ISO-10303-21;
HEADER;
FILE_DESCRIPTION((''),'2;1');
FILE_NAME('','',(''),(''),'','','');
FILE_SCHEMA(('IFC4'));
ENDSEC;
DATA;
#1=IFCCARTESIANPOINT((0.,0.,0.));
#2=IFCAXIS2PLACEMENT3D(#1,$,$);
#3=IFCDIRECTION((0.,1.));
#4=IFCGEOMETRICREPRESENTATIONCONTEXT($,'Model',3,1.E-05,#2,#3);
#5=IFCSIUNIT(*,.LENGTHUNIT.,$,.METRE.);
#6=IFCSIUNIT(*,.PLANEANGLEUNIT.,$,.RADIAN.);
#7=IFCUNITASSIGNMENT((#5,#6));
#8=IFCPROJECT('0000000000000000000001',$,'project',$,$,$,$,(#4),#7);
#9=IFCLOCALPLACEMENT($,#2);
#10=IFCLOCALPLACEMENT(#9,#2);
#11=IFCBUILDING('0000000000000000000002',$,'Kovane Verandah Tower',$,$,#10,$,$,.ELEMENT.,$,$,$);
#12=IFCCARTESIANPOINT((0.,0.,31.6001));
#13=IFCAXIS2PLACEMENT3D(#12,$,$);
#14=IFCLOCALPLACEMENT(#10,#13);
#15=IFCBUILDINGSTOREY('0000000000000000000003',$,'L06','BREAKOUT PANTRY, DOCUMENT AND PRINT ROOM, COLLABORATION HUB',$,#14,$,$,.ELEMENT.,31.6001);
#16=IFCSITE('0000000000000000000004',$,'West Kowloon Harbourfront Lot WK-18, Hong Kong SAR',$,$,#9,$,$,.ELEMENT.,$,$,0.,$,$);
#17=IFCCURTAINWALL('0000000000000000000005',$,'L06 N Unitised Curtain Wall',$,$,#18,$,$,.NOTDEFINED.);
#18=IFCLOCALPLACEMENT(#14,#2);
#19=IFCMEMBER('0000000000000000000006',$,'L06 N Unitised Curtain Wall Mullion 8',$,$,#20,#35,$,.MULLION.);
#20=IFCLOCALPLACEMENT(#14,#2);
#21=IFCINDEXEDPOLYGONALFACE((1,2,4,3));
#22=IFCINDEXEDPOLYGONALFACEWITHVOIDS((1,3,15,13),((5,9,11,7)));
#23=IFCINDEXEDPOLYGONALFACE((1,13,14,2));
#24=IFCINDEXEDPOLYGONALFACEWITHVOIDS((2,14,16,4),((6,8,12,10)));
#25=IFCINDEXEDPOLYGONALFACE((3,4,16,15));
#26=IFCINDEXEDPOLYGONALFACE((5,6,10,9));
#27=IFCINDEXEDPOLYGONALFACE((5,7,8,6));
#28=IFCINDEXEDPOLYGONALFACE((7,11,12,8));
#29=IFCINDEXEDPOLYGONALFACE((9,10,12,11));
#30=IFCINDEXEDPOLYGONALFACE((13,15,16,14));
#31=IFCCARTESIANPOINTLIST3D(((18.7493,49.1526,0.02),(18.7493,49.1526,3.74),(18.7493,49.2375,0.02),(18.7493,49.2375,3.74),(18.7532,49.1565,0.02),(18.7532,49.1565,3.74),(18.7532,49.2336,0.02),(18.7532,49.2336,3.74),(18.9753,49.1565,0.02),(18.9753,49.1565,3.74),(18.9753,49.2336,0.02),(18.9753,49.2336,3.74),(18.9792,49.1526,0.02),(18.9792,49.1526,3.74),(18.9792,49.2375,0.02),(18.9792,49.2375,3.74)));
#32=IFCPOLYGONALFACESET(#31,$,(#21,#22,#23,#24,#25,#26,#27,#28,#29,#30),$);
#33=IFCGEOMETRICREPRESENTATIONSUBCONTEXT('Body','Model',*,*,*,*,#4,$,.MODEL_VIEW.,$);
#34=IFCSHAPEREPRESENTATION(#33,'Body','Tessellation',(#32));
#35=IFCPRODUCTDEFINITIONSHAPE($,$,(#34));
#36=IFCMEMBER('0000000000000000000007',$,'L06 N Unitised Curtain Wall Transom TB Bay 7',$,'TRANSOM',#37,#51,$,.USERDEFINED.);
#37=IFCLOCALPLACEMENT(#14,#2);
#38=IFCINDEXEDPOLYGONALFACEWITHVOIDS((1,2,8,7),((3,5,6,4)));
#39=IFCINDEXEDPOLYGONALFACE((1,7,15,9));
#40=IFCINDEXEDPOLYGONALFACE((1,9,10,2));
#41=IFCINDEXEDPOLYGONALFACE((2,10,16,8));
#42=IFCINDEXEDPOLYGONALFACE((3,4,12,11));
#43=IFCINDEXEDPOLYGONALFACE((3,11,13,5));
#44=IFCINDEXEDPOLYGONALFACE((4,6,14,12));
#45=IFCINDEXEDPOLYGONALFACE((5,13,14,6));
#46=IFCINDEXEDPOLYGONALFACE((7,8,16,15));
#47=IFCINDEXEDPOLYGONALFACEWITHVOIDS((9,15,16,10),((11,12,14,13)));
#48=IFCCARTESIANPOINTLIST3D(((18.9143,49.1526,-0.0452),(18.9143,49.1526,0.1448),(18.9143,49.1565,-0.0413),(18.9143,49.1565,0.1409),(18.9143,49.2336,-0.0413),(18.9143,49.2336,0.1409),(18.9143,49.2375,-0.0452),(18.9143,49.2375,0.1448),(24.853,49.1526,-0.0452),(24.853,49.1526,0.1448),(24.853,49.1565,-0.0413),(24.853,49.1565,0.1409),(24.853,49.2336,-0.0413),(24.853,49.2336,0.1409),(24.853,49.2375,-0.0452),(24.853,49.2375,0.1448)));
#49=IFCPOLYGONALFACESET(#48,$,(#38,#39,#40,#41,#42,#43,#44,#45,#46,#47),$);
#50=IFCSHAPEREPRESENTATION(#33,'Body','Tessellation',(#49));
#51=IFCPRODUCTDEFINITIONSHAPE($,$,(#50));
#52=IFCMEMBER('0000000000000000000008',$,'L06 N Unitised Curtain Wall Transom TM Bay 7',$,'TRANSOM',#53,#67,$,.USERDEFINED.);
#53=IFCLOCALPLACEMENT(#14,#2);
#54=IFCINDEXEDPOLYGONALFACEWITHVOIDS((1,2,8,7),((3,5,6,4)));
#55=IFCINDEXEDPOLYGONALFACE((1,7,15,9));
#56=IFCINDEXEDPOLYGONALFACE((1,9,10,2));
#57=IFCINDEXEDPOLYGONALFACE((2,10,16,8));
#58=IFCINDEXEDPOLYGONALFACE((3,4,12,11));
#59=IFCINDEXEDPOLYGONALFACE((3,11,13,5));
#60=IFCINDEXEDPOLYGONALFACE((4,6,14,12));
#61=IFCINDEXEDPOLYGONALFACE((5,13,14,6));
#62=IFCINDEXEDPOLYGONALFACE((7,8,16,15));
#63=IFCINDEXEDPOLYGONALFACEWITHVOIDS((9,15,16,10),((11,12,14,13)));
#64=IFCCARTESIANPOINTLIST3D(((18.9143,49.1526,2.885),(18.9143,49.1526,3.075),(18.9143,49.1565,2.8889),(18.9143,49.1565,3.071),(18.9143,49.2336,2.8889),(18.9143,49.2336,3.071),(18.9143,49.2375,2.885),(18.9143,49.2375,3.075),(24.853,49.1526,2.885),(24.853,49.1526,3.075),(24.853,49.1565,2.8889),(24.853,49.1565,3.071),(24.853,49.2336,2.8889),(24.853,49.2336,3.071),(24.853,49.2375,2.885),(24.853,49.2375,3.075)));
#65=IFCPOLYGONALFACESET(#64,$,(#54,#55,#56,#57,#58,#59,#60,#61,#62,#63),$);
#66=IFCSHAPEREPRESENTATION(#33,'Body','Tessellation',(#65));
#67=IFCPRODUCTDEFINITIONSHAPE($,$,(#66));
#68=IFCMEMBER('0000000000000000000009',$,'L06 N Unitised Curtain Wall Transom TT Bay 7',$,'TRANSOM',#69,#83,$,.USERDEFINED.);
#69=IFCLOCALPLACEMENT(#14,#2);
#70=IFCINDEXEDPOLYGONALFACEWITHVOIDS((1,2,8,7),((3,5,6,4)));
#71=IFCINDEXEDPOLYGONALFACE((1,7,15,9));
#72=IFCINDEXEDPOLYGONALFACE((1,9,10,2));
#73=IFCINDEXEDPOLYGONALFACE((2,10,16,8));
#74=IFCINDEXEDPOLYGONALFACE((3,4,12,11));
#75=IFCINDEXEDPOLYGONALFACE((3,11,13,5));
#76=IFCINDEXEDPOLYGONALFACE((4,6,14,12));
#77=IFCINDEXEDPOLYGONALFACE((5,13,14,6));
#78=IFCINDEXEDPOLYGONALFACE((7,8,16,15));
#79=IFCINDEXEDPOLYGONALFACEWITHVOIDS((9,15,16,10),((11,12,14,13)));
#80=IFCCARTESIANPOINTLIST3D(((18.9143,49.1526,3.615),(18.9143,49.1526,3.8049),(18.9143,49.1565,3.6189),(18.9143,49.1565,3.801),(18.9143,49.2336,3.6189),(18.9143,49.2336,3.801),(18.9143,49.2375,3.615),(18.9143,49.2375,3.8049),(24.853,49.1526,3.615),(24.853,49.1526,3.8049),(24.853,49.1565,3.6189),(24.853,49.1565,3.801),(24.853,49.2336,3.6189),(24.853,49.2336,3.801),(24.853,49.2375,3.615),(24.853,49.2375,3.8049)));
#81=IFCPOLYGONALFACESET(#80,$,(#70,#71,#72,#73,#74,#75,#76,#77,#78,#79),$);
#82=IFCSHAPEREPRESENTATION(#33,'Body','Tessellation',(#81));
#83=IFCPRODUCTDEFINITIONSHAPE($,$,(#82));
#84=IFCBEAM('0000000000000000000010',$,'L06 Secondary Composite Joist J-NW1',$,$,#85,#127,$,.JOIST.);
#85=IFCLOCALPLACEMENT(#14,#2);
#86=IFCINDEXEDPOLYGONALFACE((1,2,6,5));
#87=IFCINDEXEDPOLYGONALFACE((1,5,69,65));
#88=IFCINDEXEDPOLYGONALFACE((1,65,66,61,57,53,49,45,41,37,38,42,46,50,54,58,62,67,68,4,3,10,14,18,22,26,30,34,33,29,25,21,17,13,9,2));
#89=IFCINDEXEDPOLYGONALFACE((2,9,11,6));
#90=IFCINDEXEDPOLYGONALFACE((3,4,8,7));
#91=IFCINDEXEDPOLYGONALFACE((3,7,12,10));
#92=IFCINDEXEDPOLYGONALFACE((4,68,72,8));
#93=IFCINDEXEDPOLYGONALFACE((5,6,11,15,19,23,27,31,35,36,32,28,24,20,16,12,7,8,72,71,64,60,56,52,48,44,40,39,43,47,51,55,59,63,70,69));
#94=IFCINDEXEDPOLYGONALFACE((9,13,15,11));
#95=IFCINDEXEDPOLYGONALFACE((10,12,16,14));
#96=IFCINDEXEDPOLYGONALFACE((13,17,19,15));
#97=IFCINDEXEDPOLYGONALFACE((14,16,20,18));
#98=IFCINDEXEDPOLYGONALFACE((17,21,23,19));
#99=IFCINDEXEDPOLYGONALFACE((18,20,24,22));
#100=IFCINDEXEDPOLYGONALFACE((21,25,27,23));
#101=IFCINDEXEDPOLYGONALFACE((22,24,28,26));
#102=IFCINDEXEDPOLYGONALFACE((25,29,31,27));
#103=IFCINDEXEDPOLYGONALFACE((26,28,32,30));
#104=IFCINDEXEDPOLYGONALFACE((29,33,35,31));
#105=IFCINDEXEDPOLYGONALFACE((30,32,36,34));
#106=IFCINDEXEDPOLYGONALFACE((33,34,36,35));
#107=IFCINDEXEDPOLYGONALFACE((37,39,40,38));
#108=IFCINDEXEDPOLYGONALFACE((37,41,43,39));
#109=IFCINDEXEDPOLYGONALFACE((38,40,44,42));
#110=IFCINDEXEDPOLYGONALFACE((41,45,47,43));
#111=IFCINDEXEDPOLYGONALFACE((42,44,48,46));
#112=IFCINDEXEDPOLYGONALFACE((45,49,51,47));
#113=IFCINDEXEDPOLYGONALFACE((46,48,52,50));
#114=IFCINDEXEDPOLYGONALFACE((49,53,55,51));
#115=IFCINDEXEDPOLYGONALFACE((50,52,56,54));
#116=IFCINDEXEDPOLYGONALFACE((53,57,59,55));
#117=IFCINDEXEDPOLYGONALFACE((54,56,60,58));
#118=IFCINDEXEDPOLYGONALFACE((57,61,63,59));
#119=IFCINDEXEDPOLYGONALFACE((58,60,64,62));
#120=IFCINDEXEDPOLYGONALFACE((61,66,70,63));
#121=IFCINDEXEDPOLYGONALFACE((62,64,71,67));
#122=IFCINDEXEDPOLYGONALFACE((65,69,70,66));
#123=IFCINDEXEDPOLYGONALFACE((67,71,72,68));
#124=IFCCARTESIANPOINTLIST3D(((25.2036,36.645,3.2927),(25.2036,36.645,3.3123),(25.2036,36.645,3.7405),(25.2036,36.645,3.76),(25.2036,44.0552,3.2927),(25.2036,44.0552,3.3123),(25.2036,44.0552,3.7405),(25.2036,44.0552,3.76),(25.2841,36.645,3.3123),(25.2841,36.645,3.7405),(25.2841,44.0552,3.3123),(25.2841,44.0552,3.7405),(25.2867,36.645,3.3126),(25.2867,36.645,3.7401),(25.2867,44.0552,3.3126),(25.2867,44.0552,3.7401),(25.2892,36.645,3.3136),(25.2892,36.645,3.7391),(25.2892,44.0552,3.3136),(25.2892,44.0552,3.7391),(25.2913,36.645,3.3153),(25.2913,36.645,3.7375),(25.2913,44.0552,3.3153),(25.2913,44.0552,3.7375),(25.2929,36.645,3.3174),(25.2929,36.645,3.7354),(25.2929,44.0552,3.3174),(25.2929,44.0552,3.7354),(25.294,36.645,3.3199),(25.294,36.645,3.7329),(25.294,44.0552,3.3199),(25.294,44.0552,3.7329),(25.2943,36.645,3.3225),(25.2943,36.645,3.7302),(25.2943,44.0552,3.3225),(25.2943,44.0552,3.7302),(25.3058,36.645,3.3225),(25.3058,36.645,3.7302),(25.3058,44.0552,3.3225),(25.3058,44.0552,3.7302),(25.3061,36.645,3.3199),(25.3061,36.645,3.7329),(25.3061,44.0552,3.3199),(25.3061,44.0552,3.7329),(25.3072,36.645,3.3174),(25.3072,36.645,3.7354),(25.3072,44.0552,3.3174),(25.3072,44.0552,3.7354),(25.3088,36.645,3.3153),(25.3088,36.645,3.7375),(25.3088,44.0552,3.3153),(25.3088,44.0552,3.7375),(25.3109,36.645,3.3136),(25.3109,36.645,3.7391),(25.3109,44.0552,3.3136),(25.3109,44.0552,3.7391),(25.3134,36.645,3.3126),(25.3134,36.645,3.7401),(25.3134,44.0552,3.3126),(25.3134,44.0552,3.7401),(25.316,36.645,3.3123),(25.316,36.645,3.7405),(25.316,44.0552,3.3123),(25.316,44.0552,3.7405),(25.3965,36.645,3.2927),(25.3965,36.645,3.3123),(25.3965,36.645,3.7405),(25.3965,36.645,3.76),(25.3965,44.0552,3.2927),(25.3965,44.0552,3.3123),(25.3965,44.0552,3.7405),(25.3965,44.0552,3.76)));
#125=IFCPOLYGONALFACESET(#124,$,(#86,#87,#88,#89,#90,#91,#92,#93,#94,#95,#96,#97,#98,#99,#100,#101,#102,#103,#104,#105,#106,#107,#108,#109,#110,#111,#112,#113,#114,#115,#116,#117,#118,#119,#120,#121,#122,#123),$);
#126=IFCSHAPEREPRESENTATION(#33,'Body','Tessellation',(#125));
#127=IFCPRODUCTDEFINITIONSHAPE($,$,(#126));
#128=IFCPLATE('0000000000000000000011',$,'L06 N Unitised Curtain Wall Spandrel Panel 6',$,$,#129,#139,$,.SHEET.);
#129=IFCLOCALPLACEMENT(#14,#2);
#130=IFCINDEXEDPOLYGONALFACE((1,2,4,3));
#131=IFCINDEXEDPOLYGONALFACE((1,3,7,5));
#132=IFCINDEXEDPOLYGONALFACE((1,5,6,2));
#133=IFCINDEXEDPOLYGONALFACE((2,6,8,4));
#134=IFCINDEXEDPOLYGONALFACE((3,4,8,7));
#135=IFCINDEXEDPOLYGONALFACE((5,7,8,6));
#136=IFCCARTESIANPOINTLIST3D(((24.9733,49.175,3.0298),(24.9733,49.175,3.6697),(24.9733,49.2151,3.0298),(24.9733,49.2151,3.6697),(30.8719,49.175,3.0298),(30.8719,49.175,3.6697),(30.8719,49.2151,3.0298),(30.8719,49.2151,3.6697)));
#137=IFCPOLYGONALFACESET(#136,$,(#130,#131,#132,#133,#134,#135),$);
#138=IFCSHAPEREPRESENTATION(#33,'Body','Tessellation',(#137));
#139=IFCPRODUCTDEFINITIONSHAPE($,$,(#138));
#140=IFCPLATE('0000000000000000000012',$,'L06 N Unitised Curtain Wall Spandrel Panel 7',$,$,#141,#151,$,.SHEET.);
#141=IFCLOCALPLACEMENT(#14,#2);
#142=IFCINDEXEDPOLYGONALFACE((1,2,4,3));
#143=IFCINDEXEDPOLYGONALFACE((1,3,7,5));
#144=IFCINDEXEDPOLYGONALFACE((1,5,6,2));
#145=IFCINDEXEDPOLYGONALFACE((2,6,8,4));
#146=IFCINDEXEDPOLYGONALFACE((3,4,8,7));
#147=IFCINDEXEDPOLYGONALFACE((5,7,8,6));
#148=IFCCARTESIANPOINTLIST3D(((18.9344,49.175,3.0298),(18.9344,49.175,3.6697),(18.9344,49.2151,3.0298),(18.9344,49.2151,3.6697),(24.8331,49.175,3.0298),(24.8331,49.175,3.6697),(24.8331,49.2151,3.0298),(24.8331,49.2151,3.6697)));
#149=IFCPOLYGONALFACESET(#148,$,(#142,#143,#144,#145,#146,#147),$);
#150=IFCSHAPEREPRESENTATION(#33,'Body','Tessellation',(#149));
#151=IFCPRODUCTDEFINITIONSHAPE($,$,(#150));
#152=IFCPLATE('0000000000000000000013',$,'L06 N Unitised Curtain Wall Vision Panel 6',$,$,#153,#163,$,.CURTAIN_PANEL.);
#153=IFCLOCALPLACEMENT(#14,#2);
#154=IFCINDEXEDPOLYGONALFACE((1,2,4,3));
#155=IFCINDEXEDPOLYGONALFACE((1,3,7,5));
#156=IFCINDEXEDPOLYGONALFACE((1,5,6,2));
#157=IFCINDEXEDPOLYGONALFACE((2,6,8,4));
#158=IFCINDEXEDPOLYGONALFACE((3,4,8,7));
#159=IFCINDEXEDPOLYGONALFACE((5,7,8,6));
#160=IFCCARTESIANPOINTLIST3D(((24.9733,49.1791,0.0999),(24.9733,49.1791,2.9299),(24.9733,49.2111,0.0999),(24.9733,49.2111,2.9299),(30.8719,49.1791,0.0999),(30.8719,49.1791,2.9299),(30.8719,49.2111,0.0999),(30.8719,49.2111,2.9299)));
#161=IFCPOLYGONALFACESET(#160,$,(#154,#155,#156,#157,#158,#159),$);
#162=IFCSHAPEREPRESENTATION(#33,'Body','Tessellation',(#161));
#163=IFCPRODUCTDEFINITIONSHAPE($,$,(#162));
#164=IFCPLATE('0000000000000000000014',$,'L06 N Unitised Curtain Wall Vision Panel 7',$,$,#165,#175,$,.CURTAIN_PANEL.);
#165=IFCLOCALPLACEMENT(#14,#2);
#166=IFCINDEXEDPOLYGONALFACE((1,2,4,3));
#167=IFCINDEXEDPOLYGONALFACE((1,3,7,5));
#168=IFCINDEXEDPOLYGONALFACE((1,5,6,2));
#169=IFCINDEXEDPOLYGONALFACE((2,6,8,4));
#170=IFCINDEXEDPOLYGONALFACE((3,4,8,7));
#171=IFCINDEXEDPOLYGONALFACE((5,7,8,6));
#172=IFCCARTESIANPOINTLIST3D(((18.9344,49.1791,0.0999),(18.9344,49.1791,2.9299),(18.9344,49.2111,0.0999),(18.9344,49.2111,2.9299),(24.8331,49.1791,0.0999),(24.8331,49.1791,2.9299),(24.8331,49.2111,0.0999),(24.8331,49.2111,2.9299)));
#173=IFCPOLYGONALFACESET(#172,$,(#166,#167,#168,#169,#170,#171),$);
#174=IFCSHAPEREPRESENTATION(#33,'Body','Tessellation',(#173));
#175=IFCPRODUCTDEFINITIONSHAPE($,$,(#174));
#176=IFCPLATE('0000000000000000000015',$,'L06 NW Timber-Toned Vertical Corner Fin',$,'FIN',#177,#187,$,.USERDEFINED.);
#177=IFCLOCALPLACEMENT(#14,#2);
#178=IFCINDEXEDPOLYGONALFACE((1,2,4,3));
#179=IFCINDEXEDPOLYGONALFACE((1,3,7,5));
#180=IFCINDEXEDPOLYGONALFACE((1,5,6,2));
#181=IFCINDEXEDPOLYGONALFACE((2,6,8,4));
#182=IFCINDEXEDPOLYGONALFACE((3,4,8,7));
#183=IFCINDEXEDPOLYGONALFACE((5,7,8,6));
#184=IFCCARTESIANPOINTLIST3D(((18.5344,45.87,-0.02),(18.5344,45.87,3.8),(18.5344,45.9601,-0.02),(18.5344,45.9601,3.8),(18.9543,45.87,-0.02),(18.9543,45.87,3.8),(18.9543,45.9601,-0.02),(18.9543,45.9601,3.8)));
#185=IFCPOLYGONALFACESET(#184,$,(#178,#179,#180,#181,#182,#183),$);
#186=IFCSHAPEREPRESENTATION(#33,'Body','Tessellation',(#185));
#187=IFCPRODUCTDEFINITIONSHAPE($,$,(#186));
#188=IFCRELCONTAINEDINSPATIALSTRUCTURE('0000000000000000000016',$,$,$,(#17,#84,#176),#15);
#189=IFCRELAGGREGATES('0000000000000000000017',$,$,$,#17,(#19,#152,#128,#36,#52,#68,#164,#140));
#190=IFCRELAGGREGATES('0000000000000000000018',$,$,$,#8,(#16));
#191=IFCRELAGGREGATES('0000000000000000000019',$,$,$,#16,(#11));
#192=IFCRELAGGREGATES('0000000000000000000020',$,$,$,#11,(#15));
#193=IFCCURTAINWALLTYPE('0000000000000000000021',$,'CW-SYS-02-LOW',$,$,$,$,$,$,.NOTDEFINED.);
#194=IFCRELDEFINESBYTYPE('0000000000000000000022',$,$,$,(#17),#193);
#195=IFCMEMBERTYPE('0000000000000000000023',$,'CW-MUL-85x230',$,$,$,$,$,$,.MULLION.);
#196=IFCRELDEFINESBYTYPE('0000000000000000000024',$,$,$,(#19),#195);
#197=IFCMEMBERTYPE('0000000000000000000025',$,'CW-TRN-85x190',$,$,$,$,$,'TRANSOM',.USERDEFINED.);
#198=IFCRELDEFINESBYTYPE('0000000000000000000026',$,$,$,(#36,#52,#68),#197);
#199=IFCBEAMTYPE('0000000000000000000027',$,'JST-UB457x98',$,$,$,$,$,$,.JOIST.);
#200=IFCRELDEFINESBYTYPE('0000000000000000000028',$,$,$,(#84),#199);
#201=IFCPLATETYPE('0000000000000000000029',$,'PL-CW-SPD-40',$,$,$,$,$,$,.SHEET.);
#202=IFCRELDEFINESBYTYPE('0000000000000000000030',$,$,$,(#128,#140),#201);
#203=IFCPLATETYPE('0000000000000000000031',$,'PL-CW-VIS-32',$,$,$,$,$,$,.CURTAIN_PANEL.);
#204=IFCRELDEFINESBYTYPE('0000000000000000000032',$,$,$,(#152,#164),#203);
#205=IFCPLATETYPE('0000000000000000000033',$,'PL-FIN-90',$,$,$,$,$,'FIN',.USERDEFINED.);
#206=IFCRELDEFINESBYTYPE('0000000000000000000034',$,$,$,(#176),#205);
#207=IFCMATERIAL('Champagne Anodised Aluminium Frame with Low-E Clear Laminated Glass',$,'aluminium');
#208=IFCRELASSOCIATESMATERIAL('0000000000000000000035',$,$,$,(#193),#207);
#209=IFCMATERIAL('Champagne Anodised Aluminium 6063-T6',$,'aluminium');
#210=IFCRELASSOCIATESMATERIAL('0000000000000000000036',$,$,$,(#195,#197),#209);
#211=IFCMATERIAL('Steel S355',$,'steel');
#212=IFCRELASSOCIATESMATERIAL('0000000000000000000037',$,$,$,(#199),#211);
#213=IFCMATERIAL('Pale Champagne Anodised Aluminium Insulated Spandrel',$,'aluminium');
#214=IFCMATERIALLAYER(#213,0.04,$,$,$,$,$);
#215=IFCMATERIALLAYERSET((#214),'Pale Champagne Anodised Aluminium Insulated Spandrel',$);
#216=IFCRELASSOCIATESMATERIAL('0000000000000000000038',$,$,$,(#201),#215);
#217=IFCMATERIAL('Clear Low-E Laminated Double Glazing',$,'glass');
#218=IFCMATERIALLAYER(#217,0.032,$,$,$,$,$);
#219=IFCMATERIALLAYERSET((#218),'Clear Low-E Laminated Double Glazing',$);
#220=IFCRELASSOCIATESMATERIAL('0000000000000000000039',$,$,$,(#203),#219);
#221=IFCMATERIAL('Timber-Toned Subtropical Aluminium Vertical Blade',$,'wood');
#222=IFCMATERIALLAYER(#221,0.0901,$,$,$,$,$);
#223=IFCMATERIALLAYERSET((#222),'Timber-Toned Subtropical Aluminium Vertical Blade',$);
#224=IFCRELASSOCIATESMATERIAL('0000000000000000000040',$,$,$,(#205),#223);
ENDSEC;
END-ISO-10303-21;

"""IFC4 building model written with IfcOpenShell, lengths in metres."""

from ifc_helpers import new_model, si_unit, direction, frame, origin, origin_2d, place, context, subcontext, project, spatial, rectangle, hollow_rectangle, i_section, extrude, material, layer, layer_set, material_profile, profile_set, type_object, element, aggregate, save


model = new_model("IFC4")

# Units and contexts
model_context = context("Model", 3, precision=1e-05, world=origin(), true_north=direction((0.0, 1.0)))
body_context = subcontext(model_context, "Body", "Model", "MODEL_VIEW")
ifc_project = project(units=[si_unit("LENGTHUNIT", "METRE"), si_unit("PLANEANGLEUNIT", "RADIAN")], contexts=[model_context])

# Site, building, storey
site_placement = place(None, origin())
site = spatial("IfcSite", under=ifc_project, at=site_placement, Name="West Kowloon Harbourfront Lot WK-18, Hong Kong SAR", CompositionType="ELEMENT", RefElevation=0.0)
building_placement = place(site_placement, origin())
building = spatial("IfcBuilding", under=site, at=building_placement, Name="Kovane Verandah Tower", CompositionType="ELEMENT")
storey_placement = place(building_placement, frame((0.0, 0.0, 31.6001)))
storey = spatial("IfcBuildingStorey", under=building, at=storey_placement, Name="L06", Description="BREAKOUT PANTRY, DOCUMENT AND PRINT ROOM, COLLABORATION HUB", CompositionType="ELEMENT", Elevation=31.6001)

# Shared definitions
ifc_material_1 = material(Name="Steel S355", Category="steel")

# Curtain wall, members
ifc_material_2 = material(Name="Champagne Anodised Aluminium Frame with Low-E Clear Laminated Glass", Category="aluminium")
curtain_wall_type = type_object("IfcCurtainWallType", Name="CW-SYS-02-LOW", PredefinedType="NOTDEFINED", material=ifc_material_2)
curtain_wall_placement = place(storey_placement, origin())
curtain_wall = element("IfcCurtainWall", 1, at=curtain_wall_placement, inside=storey, type_object=curtain_wall_type, Name="L06 N Unitised Curtain Wall", PredefinedType="NOTDEFINED")
ifc_material_3 = material(Name="Champagne Anodised Aluminium 6063-T6", Category="aluminium")
ifc_material_profile_1 = material_profile(ifc_material_3, hollow_rectangle(XDim=0.085, YDim=0.23, WallThickness=0.0039, at=origin_2d()), Name="AL85x230x4")
ifc_profile_set_1 = profile_set([ifc_material_profile_1], Name="Champagne Anodised Aluminium 6063-T6")
member_type_1 = type_object("IfcMemberType", Name="CW-MUL-85x230", PredefinedType="MULLION", material=ifc_profile_set_1)
member_1_placement = place(storey_placement, frame((18.8643, 49.1951, 0.02), z_axis=(0.0, 0.0, 1.0), x_axis=(0.0, 1.0, 0.0)))
member_1 = element("IfcMember", 2, at=member_1_placement, type_object=member_type_1, Name="L06 N Unitised Curtain Wall Mullion 8", PredefinedType="MULLION", context=body_context, shape_type="SweptSolid", body=[
    extrude(hollow_rectangle(XDim=0.085, YDim=0.23, WallThickness=0.0039, at=origin_2d()), origin(), (0.0, 0.0, 1.0), 3.72),
])
ifc_material_profile_2 = material_profile(ifc_material_3, hollow_rectangle(XDim=0.085, YDim=0.1899, WallThickness=0.0039, at=origin_2d()), Name="AL85x190x4")
ifc_profile_set_2 = profile_set([ifc_material_profile_2], Name="Champagne Anodised Aluminium 6063-T6")
member_type_2 = type_object("IfcMemberType", Name="CW-TRN-85x190", ElementType="TRANSOM", PredefinedType="USERDEFINED", material=ifc_profile_set_2)
member_2_placement = place(storey_placement, frame((24.853, 49.1951, 0.0498), z_axis=(-1.0, 0.0, 0.0), x_axis=(0.0, -1.0, 0.0)))
member_2 = element("IfcMember", 3, at=member_2_placement, type_object=member_type_2, Name="L06 N Unitised Curtain Wall Transom TB Bay 7", ObjectType="TRANSOM", PredefinedType="USERDEFINED", context=body_context, shape_type="SweptSolid", body=[
    extrude(hollow_rectangle(XDim=0.085, YDim=0.1899, WallThickness=0.0039, at=origin_2d()), origin(), (0.0, 0.0, 1.0), 5.9387),
])
member_3_placement = place(storey_placement, frame((24.853, 49.1951, 2.98), z_axis=(-1.0, 0.0, 0.0), x_axis=(0.0, -1.0, 0.0)))
member_3 = element("IfcMember", 4, at=member_3_placement, type_object=member_type_2, Name="L06 N Unitised Curtain Wall Transom TM Bay 7", ObjectType="TRANSOM", PredefinedType="USERDEFINED", context=body_context, shape_type="SweptSolid", body=[
    extrude(hollow_rectangle(XDim=0.085, YDim=0.1899, WallThickness=0.0039, at=origin_2d()), origin(), (0.0, 0.0, 1.0), 5.9387),
])
member_4_placement = place(storey_placement, frame((24.853, 49.1951, 3.71), z_axis=(-1.0, 0.0, 0.0), x_axis=(0.0, -1.0, 0.0)))
member_4 = element("IfcMember", 5, at=member_4_placement, type_object=member_type_2, Name="L06 N Unitised Curtain Wall Transom TT Bay 7", ObjectType="TRANSOM", PredefinedType="USERDEFINED", context=body_context, shape_type="SweptSolid", body=[
    extrude(hollow_rectangle(XDim=0.085, YDim=0.1899, WallThickness=0.0039, at=origin_2d()), origin(), (0.0, 0.0, 1.0), 5.9387),
])

# Beam
ifc_material_profile_3 = material_profile(ifc_material_1, i_section(OverallWidth=0.1929, OverallDepth=0.4673, WebThickness=0.0115, FlangeThickness=0.0195, FilletRadius=0.0103, at=origin_2d()), Name="UB457x191x98")
ifc_profile_set_3 = profile_set([ifc_material_profile_3], Name="Steel S355")
beam_type_1 = type_object("IfcBeamType", Name="JST-UB457x98", PredefinedType="JOIST", material=ifc_profile_set_3)
beam_1_placement = place(storey_placement, frame((25.3, 36.645, 3.5264), z_axis=(0.0, 1.0, 0.0), x_axis=(-1.0, 0.0, 0.0)))
element("IfcBeam", 6, at=beam_1_placement, inside=storey, type_object=beam_type_1, Name="L06 Secondary Composite Joist J-NW1", PredefinedType="JOIST", context=body_context, shape_type="SweptSolid", body=[
    extrude(i_section(OverallWidth=0.1929, OverallDepth=0.4673, WebThickness=0.0115, FlangeThickness=0.0195, FilletRadius=0.0103, at=origin_2d()), origin(), (0.0, 0.0, 1.0), 7.4102),
])

# Plates
ifc_material_4 = material(Name="Pale Champagne Anodised Aluminium Insulated Spandrel", Category="aluminium")
ifc_layer_1 = layer(ifc_material_4, 0.04)
ifc_layer_set_1 = layer_set([ifc_layer_1], Name="Pale Champagne Anodised Aluminium Insulated Spandrel")
plate_type_1 = type_object("IfcPlateType", Name="PL-CW-SPD-40", PredefinedType="SHEET", material=ifc_layer_set_1)
plate_1_placement = place(storey_placement, frame((27.9226, 49.1951, 3.0298), z_axis=(0.0, 0.0, 1.0), x_axis=(-1.0, 0.0, 0.0)))
plate_1 = element("IfcPlate", 7, at=plate_1_placement, type_object=plate_type_1, Name="L06 N Unitised Curtain Wall Spandrel Panel 6", PredefinedType="SHEET", context=body_context, shape_type="SweptSolid", body=[
    extrude(rectangle(XDim=5.8987, YDim=0.04, at=origin_2d()), origin(), (0.0, 0.0, 1.0), 0.6399),
])
plate_2_placement = place(storey_placement, frame((21.8838, 49.1951, 3.0298), z_axis=(0.0, 0.0, 1.0), x_axis=(-1.0, 0.0, 0.0)))
plate_2 = element("IfcPlate", 8, at=plate_2_placement, type_object=plate_type_1, Name="L06 N Unitised Curtain Wall Spandrel Panel 7", PredefinedType="SHEET", context=body_context, shape_type="SweptSolid", body=[
    extrude(rectangle(XDim=5.8987, YDim=0.04, at=origin_2d()), origin(), (0.0, 0.0, 1.0), 0.6399),
])
ifc_material_5 = material(Name="Clear Low-E Laminated Double Glazing", Category="glass")
ifc_layer_2 = layer(ifc_material_5, 0.032)
ifc_layer_set_2 = layer_set([ifc_layer_2], Name="Clear Low-E Laminated Double Glazing")
plate_type_2 = type_object("IfcPlateType", Name="PL-CW-VIS-32", PredefinedType="CURTAIN_PANEL", material=ifc_layer_set_2)
plate_3_placement = place(storey_placement, frame((27.9226, 49.1951, 0.0999), z_axis=(0.0, 0.0, 1.0), x_axis=(-1.0, 0.0, 0.0)))
plate_3 = element("IfcPlate", 9, at=plate_3_placement, type_object=plate_type_2, Name="L06 N Unitised Curtain Wall Vision Panel 6", PredefinedType="CURTAIN_PANEL", context=body_context, shape_type="SweptSolid", body=[
    extrude(rectangle(XDim=5.8987, YDim=0.032, at=origin_2d()), origin(), (0.0, 0.0, 1.0), 2.8301),
])
plate_4_placement = place(storey_placement, frame((21.8838, 49.1951, 0.0999), z_axis=(0.0, 0.0, 1.0), x_axis=(-1.0, 0.0, 0.0)))
plate_4 = element("IfcPlate", 10, at=plate_4_placement, type_object=plate_type_2, Name="L06 N Unitised Curtain Wall Vision Panel 7", PredefinedType="CURTAIN_PANEL", context=body_context, shape_type="SweptSolid", body=[
    extrude(rectangle(XDim=5.8987, YDim=0.032, at=origin_2d()), origin(), (0.0, 0.0, 1.0), 2.8301),
])
aggregate(curtain_wall, [member_1, plate_3, plate_1, member_2, member_3, member_4, plate_4, plate_2])
ifc_material_6 = material(Name="Timber-Toned Subtropical Aluminium Vertical Blade", Category="wood")
ifc_layer_3 = layer(ifc_material_6, 0.0901)
ifc_layer_set_3 = layer_set([ifc_layer_3], Name="Timber-Toned Subtropical Aluminium Vertical Blade")
plate_type_3 = type_object("IfcPlateType", Name="PL-FIN-90", ElementType="FIN", PredefinedType="USERDEFINED", material=ifc_layer_set_3)
plate_5_placement = place(storey_placement, frame((18.7444, 45.915, -0.02), z_axis=(0.0, 0.0, 1.0), x_axis=(1.0, 0.0, 0.0)))
element("IfcPlate", 11, at=plate_5_placement, inside=storey, type_object=plate_type_3, Name="L06 NW Timber-Toned Vertical Corner Fin", ObjectType="FIN", PredefinedType="USERDEFINED", context=body_context, shape_type="SweptSolid", body=[
    extrude(rectangle(XDim=0.4199, YDim=0.0901, at=origin_2d()), origin(), (0.0, 0.0, 1.0), 3.8201),
])

save(model, "model.ifc")
